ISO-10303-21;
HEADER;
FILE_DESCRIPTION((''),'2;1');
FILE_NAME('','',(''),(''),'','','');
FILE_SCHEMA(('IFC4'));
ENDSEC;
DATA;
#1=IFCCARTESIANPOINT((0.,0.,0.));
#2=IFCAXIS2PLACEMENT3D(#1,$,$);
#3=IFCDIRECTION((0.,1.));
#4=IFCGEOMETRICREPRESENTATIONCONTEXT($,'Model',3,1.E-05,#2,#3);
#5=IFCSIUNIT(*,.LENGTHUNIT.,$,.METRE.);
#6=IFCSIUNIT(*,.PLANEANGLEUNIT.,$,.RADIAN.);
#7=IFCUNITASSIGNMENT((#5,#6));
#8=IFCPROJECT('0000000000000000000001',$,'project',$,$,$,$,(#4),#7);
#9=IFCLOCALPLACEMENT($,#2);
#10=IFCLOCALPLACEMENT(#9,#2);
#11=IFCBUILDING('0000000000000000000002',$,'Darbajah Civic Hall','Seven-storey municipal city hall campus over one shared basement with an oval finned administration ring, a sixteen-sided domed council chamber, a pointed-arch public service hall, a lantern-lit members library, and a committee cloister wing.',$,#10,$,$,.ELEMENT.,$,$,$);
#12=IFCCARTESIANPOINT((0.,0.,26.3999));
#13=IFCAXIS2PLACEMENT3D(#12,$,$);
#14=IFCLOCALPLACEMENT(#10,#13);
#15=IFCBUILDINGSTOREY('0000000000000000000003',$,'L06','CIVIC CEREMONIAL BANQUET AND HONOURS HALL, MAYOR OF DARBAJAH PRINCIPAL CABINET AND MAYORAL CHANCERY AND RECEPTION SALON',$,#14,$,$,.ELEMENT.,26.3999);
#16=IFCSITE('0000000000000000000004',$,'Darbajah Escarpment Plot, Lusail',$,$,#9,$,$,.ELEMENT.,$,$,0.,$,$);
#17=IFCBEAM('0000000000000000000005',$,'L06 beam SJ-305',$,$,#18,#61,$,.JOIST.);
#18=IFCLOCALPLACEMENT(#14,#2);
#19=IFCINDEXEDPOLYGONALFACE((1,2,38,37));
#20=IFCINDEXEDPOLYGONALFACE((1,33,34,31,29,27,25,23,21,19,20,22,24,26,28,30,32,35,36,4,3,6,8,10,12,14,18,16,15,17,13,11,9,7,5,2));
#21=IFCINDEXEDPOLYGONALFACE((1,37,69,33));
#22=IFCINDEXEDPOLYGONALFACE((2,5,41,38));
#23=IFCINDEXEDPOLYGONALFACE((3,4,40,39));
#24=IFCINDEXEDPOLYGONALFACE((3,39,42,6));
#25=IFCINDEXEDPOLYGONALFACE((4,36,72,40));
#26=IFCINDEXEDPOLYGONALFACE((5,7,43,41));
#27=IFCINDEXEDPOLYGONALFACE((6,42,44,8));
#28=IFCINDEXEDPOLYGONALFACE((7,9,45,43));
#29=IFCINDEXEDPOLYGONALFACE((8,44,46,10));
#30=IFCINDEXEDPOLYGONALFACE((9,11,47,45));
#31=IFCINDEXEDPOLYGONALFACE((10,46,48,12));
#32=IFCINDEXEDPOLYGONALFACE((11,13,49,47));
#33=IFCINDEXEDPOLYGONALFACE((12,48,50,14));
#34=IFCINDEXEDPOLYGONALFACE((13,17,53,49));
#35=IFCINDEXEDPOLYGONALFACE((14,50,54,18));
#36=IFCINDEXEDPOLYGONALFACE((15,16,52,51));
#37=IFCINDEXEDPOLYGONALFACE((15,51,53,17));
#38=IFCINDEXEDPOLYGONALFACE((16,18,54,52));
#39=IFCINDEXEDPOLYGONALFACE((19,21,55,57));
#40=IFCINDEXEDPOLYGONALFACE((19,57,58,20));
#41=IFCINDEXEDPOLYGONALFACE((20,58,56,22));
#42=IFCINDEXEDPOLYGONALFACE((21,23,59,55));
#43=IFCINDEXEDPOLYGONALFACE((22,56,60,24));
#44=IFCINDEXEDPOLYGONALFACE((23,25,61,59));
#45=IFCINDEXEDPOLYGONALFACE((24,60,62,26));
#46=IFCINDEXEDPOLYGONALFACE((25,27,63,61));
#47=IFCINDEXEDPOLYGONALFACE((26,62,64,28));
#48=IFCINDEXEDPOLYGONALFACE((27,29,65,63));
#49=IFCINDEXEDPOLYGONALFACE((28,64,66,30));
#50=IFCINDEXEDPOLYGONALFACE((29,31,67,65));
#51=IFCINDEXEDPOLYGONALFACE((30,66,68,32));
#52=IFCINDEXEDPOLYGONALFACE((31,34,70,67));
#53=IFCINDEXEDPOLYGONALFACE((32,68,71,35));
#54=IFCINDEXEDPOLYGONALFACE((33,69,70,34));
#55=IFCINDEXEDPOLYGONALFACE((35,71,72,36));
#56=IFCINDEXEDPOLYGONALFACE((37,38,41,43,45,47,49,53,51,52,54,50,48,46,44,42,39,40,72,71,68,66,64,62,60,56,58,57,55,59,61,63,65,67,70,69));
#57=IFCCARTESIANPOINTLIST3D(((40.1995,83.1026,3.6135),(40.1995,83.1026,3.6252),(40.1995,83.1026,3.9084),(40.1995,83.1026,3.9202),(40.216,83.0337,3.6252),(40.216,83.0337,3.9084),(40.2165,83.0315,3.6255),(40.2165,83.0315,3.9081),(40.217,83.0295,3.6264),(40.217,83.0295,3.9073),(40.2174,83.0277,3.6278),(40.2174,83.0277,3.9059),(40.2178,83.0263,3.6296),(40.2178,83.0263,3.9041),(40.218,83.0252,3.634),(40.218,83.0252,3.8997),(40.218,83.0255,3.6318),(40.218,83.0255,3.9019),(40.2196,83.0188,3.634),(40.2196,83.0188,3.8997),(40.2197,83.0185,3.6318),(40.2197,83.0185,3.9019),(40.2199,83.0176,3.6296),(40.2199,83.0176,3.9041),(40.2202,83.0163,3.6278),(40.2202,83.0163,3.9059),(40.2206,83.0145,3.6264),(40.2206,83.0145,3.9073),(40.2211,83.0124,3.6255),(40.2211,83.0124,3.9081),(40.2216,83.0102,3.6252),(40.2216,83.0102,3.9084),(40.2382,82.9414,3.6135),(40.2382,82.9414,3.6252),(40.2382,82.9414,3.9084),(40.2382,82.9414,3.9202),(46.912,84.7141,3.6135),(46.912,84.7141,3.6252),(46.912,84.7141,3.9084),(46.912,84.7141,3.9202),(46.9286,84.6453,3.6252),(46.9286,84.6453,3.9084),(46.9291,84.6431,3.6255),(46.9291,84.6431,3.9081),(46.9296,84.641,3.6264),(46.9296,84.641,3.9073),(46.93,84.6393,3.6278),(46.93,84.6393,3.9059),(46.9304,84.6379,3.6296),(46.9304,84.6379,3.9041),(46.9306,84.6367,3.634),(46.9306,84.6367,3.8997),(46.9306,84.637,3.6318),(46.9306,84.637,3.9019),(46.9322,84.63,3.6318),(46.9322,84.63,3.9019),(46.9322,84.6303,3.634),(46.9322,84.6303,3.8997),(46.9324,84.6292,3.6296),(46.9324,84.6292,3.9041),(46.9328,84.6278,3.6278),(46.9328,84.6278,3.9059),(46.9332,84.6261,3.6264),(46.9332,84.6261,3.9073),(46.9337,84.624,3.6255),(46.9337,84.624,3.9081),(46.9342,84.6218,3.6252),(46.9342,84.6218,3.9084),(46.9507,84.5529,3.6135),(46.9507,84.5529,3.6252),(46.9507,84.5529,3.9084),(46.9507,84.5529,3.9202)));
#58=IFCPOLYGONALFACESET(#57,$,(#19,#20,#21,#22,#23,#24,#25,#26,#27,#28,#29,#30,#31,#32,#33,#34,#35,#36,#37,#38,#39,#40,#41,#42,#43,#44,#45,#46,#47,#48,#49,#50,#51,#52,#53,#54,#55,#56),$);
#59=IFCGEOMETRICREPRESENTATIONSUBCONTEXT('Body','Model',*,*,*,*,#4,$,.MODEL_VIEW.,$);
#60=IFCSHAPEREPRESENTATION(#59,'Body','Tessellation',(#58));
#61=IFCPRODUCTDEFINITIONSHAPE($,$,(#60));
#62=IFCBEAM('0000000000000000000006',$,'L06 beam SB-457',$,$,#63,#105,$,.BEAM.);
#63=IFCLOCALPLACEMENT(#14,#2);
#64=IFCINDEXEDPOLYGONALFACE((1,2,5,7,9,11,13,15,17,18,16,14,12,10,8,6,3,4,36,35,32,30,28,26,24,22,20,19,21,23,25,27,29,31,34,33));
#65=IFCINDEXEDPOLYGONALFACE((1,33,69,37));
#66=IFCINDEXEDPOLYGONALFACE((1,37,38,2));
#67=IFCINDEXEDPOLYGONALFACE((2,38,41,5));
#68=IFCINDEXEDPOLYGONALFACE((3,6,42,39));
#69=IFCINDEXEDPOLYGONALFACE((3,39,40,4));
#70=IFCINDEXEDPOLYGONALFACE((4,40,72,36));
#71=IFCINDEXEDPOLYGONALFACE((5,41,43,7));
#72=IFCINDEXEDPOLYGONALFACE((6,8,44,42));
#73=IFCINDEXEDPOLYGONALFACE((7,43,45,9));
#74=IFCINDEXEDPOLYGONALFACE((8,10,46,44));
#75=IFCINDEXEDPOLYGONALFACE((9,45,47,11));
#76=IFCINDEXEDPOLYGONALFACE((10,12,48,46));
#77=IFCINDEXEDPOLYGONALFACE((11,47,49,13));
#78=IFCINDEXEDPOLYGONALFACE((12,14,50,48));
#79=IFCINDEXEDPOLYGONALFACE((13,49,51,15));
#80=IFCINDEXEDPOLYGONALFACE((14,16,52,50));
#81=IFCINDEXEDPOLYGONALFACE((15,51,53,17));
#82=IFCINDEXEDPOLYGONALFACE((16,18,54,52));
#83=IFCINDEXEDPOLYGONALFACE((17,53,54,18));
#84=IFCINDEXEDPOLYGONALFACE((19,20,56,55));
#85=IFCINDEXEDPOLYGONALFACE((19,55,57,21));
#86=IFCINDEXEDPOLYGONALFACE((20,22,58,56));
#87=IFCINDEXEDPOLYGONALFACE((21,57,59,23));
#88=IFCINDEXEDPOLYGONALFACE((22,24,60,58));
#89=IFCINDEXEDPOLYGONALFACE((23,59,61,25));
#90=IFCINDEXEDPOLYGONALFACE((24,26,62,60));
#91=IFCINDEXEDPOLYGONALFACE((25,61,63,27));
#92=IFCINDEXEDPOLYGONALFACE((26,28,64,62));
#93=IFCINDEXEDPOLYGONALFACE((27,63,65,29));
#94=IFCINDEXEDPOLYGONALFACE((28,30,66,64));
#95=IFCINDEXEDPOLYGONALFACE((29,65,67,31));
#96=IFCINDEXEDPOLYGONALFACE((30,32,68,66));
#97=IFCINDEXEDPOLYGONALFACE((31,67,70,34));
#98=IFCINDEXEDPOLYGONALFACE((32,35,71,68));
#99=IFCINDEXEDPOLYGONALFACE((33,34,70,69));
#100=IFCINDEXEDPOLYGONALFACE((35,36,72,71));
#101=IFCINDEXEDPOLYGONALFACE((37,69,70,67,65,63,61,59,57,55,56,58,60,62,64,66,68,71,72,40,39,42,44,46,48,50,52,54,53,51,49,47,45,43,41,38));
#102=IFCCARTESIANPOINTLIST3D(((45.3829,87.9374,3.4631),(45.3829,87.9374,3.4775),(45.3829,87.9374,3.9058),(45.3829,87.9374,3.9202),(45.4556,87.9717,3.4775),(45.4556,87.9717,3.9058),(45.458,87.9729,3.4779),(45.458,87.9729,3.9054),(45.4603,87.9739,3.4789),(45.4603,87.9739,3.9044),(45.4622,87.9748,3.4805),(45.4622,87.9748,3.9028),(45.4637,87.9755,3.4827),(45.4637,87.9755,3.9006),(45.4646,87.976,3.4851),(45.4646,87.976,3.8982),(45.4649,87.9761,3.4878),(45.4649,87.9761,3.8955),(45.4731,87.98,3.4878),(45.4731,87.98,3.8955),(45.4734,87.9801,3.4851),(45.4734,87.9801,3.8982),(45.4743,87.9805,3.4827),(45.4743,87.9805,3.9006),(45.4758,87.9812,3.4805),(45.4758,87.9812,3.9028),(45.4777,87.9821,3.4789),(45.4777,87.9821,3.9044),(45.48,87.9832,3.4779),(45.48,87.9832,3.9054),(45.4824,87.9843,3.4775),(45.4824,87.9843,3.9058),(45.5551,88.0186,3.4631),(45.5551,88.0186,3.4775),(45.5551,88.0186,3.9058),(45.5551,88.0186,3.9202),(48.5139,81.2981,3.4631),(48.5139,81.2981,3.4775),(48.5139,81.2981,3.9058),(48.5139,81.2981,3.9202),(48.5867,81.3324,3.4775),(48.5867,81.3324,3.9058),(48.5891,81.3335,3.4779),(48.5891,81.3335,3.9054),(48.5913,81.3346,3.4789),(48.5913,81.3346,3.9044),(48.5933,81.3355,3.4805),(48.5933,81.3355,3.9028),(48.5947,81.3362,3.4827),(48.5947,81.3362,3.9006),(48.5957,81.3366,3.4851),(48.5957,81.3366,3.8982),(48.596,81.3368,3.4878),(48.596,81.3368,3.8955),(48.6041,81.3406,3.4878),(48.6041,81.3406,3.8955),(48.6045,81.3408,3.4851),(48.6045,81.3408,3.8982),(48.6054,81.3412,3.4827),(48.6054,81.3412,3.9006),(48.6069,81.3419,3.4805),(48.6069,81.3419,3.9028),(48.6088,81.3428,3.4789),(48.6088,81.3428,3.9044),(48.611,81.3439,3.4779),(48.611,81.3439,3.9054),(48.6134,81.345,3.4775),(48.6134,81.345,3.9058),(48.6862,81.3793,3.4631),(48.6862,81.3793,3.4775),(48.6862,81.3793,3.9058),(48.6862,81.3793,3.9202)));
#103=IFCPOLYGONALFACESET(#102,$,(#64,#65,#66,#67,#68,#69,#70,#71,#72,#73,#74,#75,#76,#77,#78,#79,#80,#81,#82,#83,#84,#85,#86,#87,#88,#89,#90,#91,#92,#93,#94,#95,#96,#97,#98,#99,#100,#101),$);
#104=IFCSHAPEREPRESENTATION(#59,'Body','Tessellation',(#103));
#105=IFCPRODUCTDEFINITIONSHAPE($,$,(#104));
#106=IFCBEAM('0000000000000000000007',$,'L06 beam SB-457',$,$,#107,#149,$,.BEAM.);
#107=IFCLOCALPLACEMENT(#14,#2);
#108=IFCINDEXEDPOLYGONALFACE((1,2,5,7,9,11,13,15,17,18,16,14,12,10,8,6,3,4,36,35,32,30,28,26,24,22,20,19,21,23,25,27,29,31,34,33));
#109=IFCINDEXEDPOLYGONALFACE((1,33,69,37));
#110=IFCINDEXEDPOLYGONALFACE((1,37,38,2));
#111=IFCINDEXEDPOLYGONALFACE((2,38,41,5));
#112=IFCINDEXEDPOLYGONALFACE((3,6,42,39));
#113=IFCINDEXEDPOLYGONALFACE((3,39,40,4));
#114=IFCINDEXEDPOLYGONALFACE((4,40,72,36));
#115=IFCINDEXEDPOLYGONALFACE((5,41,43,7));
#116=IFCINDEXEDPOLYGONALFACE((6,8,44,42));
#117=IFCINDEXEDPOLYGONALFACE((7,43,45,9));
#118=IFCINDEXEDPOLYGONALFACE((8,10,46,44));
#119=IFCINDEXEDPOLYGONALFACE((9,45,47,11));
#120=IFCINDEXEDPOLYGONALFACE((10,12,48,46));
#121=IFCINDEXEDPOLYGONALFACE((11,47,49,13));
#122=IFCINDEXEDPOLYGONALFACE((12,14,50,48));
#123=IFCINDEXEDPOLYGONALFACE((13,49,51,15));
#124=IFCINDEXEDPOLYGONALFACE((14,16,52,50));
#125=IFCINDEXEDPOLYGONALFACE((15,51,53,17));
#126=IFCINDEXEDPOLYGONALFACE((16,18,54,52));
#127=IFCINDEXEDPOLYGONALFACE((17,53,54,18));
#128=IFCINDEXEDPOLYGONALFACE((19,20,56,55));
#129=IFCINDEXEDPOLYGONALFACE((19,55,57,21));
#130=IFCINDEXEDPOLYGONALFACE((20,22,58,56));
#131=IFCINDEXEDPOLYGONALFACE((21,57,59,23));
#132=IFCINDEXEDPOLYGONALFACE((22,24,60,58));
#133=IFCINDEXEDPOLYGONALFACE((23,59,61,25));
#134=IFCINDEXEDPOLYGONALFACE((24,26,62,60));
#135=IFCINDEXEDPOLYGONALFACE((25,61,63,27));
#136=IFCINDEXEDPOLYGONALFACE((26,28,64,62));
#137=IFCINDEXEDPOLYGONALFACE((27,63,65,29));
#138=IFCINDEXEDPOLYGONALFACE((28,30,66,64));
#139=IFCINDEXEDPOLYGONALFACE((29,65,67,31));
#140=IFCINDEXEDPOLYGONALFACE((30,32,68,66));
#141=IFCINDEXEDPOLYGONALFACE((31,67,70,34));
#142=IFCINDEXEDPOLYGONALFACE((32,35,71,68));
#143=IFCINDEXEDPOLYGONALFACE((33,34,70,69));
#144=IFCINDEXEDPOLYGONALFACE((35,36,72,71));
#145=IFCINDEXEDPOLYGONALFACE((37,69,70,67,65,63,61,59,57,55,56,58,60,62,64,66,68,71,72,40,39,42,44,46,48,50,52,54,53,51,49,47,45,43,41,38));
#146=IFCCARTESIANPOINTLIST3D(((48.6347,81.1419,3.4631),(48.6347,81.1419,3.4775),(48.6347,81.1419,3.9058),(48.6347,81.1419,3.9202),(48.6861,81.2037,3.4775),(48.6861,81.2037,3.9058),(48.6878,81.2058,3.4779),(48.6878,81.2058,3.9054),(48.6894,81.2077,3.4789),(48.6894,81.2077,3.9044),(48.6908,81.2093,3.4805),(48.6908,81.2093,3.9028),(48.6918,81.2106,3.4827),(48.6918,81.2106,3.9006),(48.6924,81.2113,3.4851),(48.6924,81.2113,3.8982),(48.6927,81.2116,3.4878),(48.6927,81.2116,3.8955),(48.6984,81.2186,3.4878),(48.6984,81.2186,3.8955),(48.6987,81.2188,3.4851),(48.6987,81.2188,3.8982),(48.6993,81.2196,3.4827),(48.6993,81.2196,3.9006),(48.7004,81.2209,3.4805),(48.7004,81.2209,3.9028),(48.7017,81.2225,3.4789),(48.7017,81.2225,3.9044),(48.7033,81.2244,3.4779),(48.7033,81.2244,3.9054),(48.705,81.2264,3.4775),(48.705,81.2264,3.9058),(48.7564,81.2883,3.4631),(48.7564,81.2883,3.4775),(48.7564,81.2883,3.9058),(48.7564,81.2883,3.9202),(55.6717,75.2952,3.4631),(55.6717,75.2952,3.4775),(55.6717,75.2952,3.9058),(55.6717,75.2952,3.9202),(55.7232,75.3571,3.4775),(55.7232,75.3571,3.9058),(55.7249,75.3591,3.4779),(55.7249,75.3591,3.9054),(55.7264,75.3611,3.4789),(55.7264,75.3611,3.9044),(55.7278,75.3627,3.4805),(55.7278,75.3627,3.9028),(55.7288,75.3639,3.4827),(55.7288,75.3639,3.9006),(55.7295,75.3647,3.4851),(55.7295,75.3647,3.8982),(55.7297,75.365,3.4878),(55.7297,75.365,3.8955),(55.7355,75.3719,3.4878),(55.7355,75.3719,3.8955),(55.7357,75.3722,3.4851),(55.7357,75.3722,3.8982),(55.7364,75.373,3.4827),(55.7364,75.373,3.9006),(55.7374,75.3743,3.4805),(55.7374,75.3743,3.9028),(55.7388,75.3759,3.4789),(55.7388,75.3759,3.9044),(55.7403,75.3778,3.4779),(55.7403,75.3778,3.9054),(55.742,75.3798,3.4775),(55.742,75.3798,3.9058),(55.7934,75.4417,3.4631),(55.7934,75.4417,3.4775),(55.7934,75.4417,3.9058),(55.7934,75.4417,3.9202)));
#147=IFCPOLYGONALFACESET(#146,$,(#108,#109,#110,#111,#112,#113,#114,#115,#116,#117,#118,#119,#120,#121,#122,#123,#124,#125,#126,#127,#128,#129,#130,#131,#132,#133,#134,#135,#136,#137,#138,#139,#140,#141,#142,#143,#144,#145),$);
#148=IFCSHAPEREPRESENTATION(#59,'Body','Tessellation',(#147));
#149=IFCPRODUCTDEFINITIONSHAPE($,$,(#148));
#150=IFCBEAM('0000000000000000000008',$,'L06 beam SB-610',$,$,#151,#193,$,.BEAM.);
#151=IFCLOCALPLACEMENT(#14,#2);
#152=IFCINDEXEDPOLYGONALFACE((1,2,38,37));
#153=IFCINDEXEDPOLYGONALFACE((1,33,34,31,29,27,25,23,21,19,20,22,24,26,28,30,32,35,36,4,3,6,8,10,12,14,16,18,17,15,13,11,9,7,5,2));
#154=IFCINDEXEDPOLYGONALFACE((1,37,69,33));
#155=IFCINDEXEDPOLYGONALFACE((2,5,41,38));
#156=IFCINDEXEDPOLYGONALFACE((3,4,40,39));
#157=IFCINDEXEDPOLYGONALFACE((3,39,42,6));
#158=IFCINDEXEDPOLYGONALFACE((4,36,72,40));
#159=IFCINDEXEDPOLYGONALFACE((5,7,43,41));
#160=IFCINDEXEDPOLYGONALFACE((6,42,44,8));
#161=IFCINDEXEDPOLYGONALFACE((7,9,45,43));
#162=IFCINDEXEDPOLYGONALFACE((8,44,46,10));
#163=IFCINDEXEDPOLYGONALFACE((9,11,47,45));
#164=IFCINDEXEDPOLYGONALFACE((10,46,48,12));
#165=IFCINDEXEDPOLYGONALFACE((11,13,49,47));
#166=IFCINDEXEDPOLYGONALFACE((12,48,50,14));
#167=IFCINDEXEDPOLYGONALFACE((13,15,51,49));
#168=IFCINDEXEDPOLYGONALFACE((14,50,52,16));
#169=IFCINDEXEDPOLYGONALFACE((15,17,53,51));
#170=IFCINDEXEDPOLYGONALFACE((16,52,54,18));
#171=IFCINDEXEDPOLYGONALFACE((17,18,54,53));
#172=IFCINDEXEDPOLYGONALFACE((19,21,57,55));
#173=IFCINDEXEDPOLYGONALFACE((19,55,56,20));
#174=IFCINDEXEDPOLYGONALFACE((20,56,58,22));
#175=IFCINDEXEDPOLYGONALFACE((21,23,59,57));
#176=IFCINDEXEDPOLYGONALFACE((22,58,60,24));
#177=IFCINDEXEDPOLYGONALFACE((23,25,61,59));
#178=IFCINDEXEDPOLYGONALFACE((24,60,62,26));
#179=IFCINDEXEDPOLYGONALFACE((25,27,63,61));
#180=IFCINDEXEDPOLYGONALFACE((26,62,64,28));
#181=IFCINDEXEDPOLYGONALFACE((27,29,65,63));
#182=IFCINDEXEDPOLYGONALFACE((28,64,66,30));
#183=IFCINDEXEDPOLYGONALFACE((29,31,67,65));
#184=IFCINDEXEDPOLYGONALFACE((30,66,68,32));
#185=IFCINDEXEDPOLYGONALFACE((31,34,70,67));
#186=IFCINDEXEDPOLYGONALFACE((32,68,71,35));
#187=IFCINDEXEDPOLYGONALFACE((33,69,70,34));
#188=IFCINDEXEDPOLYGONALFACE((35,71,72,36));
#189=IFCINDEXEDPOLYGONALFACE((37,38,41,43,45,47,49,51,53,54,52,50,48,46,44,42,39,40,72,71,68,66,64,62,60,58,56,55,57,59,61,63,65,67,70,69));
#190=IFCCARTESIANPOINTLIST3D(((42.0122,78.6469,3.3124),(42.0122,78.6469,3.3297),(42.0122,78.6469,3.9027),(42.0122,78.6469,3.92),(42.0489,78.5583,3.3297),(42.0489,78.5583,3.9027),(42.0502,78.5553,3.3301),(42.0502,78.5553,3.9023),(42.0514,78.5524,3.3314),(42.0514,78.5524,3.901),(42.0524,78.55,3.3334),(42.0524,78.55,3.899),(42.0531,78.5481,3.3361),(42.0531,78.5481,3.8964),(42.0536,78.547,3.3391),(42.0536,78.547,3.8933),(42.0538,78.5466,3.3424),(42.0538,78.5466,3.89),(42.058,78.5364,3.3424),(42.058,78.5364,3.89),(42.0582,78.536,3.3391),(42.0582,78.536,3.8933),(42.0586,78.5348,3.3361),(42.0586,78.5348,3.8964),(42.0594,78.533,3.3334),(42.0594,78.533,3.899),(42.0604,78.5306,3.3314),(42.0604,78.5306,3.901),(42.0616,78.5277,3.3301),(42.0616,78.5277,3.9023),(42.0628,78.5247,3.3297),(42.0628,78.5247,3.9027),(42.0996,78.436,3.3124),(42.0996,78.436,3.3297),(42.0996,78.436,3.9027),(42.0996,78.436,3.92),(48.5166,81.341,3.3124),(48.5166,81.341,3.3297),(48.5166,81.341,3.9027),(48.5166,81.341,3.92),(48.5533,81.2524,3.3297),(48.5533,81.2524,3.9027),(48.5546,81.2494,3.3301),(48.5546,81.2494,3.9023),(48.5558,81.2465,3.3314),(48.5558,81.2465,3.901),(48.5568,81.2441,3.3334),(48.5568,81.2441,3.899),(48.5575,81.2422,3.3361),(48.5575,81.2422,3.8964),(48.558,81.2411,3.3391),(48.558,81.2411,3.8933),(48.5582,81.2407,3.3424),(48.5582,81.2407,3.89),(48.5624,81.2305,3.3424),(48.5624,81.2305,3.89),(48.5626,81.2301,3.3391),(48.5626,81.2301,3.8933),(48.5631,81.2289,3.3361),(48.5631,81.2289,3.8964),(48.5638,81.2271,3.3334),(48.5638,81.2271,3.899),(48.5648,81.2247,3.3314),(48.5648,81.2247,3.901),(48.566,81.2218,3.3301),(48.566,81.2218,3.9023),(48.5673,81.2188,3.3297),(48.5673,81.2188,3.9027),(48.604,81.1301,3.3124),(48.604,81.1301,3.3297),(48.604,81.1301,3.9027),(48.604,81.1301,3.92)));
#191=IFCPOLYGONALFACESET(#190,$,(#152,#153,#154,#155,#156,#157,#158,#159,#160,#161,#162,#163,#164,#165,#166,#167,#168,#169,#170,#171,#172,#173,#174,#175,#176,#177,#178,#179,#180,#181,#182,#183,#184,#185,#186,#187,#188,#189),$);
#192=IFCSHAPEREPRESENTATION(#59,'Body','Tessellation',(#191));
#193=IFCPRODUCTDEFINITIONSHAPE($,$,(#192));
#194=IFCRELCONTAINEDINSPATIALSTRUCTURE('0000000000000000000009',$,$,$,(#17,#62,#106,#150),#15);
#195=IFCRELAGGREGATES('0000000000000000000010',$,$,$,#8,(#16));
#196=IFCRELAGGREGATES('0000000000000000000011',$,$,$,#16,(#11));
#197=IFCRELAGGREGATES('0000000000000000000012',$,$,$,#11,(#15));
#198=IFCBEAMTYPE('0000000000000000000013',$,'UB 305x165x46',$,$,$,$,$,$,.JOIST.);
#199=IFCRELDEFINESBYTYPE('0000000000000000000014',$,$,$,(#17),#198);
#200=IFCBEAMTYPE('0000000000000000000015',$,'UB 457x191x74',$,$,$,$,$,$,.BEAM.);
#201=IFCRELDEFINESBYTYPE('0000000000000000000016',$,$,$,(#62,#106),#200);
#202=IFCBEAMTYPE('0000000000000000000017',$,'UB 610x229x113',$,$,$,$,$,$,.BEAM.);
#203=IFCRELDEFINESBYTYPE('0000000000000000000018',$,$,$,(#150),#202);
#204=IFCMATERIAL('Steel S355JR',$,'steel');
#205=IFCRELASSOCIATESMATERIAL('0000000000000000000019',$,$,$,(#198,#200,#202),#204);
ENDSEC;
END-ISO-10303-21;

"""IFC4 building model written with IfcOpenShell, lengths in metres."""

from ifc_helpers import new_model, si_unit, direction, frame, origin, origin_2d, place, context, subcontext, project, spatial, i_section, extrude, material, material_profile, profile_set, type_object, element, save


model = new_model("IFC4")

# Units and contexts
model_context = context("Model", 3, precision=1e-05, world=origin(), true_north=direction((0.0, 1.0)))
body_context = subcontext(model_context, "Body", "Model", "MODEL_VIEW")
ifc_project = project(units=[si_unit("LENGTHUNIT", "METRE"), si_unit("PLANEANGLEUNIT", "RADIAN")], contexts=[model_context])

# Site, building, storey
site_placement = place(None, origin())
site = spatial("IfcSite", under=ifc_project, at=site_placement, Name="Darbajah Escarpment Plot, Lusail", CompositionType="ELEMENT", RefElevation=0.0)
building_placement = place(site_placement, origin())
building = spatial("IfcBuilding", under=site, at=building_placement, Name="Darbajah Civic Hall", Description="Seven-storey municipal city hall campus over one shared basement with an oval finned administration ring, a sixteen-sided domed council chamber, a pointed-arch public service hall, a lantern-lit members library, and a committee cloister wing.", CompositionType="ELEMENT")
storey_placement = place(building_placement, frame((0.0, 0.0, 26.3999)))
storey = spatial("IfcBuildingStorey", under=building, at=storey_placement, Name="L06", Description="CIVIC CEREMONIAL BANQUET AND HONOURS HALL, MAYOR OF DARBAJAH PRINCIPAL CABINET AND MAYORAL CHANCERY AND RECEPTION SALON", CompositionType="ELEMENT", Elevation=26.3999)

# Beams
ifc_material_1 = material(Name="Steel S355JR", Category="steel")
ifc_material_profile_1 = material_profile(ifc_material_1, i_section(OverallWidth=0.1658, OverallDepth=0.3066, WebThickness=0.0066, FlangeThickness=0.0117, FilletRadius=0.0088, at=origin_2d()), Name="UB 305x165x46")
ifc_profile_set_1 = profile_set([ifc_material_profile_1], Name="Steel S355JR")
beam_type_1 = type_object("IfcBeamType", Name="UB 305x165x46", PredefinedType="JOIST", material=ifc_profile_set_1)
for number, where, z_axis, x_axis, name in (
    (1, (46.9314, 84.6335, 3.7668), (-0.97237, -0.233447, 0.0), (0.233447, -0.97237, 0.0), "L06 beam SJ-305"),
):
    element("IfcBeam", number, at=place(storey_placement, frame(where, z_axis=z_axis, x_axis=x_axis)), inside=storey, type_object=beam_type_1, Name=name, PredefinedType="JOIST", context=body_context, shape_type="SweptSolid", body=[
        extrude(i_section(OverallWidth=0.1658, OverallDepth=0.3066, WebThickness=0.0066, FlangeThickness=0.0117, FilletRadius=0.0088, at=origin_2d()), origin(), (0.0, 0.0, 1.0), 6.9033),
    ])
ifc_material_profile_2 = material_profile(ifc_material_1, i_section(OverallWidth=0.1904, OverallDepth=0.457, WebThickness=0.009, FlangeThickness=0.0144, FilletRadius=0.0103, at=origin_2d()), Name="UB 457x191x74")
ifc_profile_set_2 = profile_set([ifc_material_profile_2], Name="Steel S355JR")
beam_type_2 = type_object("IfcBeamType", Name="UB 457x191x74", PredefinedType="BEAM", material=ifc_profile_set_2)
beam_1_placement = place(storey_placement, frame((45.469, 87.978, 3.6917), z_axis=(0.426542, -0.904468, 0.0), x_axis=(0.904468, 0.426542, 0.0)))
element("IfcBeam", 2, at=beam_1_placement, inside=storey, type_object=beam_type_2, Name="L06 beam SB-457", PredefinedType="BEAM", context=body_context, shape_type="SweptSolid", body=[
    extrude(i_section(OverallWidth=0.1904, OverallDepth=0.457, WebThickness=0.009, FlangeThickness=0.0144, FilletRadius=0.0103, at=origin_2d()), origin(), (0.0, 0.0, 1.0), 7.3406),
])
beam_2_placement = place(storey_placement, frame((48.6956, 81.2151, 3.6917), z_axis=(0.769165, -0.63905, 0.0), x_axis=(0.63905, 0.769165, 0.0)))
element("IfcBeam", 3, at=beam_2_placement, inside=storey, type_object=beam_type_2, Name="L06 beam SB-457", PredefinedType="BEAM", context=body_context, shape_type="SweptSolid", body=[
    extrude(i_section(OverallWidth=0.1904, OverallDepth=0.457, WebThickness=0.009, FlangeThickness=0.0144, FilletRadius=0.0103, at=origin_2d()), origin(), (0.0, 0.0, 1.0), 9.1489),
])
ifc_material_profile_3 = material_profile(ifc_material_1, i_section(OverallWidth=0.2283, OverallDepth=0.6077, WebThickness=0.011, FlangeThickness=0.0173, FilletRadius=0.0127, at=origin_2d()), Name="UB 610x229x113")
ifc_profile_set_3 = profile_set([ifc_material_profile_3], Name="Steel S355JR")
beam_type_3 = type_object("IfcBeamType", Name="UB 610x229x113", PredefinedType="BEAM", material=ifc_profile_set_3)
beam_3_placement = place(storey_placement, frame((48.5603, 81.2356, 3.6162), z_axis=(-0.923885, -0.382669, 0.0), x_axis=(0.382669, -0.923885, 0.0)))
element("IfcBeam", 4, at=beam_3_placement, inside=storey, type_object=beam_type_3, Name="L06 beam SB-610", PredefinedType="BEAM", context=body_context, shape_type="SweptSolid", body=[
    extrude(i_section(OverallWidth=0.2283, OverallDepth=0.6077, WebThickness=0.011, FlangeThickness=0.0173, FilletRadius=0.0127, at=origin_2d()), origin(), (0.0, 0.0, 1.0), 7.0403),
])

save(model, "model.ifc")
